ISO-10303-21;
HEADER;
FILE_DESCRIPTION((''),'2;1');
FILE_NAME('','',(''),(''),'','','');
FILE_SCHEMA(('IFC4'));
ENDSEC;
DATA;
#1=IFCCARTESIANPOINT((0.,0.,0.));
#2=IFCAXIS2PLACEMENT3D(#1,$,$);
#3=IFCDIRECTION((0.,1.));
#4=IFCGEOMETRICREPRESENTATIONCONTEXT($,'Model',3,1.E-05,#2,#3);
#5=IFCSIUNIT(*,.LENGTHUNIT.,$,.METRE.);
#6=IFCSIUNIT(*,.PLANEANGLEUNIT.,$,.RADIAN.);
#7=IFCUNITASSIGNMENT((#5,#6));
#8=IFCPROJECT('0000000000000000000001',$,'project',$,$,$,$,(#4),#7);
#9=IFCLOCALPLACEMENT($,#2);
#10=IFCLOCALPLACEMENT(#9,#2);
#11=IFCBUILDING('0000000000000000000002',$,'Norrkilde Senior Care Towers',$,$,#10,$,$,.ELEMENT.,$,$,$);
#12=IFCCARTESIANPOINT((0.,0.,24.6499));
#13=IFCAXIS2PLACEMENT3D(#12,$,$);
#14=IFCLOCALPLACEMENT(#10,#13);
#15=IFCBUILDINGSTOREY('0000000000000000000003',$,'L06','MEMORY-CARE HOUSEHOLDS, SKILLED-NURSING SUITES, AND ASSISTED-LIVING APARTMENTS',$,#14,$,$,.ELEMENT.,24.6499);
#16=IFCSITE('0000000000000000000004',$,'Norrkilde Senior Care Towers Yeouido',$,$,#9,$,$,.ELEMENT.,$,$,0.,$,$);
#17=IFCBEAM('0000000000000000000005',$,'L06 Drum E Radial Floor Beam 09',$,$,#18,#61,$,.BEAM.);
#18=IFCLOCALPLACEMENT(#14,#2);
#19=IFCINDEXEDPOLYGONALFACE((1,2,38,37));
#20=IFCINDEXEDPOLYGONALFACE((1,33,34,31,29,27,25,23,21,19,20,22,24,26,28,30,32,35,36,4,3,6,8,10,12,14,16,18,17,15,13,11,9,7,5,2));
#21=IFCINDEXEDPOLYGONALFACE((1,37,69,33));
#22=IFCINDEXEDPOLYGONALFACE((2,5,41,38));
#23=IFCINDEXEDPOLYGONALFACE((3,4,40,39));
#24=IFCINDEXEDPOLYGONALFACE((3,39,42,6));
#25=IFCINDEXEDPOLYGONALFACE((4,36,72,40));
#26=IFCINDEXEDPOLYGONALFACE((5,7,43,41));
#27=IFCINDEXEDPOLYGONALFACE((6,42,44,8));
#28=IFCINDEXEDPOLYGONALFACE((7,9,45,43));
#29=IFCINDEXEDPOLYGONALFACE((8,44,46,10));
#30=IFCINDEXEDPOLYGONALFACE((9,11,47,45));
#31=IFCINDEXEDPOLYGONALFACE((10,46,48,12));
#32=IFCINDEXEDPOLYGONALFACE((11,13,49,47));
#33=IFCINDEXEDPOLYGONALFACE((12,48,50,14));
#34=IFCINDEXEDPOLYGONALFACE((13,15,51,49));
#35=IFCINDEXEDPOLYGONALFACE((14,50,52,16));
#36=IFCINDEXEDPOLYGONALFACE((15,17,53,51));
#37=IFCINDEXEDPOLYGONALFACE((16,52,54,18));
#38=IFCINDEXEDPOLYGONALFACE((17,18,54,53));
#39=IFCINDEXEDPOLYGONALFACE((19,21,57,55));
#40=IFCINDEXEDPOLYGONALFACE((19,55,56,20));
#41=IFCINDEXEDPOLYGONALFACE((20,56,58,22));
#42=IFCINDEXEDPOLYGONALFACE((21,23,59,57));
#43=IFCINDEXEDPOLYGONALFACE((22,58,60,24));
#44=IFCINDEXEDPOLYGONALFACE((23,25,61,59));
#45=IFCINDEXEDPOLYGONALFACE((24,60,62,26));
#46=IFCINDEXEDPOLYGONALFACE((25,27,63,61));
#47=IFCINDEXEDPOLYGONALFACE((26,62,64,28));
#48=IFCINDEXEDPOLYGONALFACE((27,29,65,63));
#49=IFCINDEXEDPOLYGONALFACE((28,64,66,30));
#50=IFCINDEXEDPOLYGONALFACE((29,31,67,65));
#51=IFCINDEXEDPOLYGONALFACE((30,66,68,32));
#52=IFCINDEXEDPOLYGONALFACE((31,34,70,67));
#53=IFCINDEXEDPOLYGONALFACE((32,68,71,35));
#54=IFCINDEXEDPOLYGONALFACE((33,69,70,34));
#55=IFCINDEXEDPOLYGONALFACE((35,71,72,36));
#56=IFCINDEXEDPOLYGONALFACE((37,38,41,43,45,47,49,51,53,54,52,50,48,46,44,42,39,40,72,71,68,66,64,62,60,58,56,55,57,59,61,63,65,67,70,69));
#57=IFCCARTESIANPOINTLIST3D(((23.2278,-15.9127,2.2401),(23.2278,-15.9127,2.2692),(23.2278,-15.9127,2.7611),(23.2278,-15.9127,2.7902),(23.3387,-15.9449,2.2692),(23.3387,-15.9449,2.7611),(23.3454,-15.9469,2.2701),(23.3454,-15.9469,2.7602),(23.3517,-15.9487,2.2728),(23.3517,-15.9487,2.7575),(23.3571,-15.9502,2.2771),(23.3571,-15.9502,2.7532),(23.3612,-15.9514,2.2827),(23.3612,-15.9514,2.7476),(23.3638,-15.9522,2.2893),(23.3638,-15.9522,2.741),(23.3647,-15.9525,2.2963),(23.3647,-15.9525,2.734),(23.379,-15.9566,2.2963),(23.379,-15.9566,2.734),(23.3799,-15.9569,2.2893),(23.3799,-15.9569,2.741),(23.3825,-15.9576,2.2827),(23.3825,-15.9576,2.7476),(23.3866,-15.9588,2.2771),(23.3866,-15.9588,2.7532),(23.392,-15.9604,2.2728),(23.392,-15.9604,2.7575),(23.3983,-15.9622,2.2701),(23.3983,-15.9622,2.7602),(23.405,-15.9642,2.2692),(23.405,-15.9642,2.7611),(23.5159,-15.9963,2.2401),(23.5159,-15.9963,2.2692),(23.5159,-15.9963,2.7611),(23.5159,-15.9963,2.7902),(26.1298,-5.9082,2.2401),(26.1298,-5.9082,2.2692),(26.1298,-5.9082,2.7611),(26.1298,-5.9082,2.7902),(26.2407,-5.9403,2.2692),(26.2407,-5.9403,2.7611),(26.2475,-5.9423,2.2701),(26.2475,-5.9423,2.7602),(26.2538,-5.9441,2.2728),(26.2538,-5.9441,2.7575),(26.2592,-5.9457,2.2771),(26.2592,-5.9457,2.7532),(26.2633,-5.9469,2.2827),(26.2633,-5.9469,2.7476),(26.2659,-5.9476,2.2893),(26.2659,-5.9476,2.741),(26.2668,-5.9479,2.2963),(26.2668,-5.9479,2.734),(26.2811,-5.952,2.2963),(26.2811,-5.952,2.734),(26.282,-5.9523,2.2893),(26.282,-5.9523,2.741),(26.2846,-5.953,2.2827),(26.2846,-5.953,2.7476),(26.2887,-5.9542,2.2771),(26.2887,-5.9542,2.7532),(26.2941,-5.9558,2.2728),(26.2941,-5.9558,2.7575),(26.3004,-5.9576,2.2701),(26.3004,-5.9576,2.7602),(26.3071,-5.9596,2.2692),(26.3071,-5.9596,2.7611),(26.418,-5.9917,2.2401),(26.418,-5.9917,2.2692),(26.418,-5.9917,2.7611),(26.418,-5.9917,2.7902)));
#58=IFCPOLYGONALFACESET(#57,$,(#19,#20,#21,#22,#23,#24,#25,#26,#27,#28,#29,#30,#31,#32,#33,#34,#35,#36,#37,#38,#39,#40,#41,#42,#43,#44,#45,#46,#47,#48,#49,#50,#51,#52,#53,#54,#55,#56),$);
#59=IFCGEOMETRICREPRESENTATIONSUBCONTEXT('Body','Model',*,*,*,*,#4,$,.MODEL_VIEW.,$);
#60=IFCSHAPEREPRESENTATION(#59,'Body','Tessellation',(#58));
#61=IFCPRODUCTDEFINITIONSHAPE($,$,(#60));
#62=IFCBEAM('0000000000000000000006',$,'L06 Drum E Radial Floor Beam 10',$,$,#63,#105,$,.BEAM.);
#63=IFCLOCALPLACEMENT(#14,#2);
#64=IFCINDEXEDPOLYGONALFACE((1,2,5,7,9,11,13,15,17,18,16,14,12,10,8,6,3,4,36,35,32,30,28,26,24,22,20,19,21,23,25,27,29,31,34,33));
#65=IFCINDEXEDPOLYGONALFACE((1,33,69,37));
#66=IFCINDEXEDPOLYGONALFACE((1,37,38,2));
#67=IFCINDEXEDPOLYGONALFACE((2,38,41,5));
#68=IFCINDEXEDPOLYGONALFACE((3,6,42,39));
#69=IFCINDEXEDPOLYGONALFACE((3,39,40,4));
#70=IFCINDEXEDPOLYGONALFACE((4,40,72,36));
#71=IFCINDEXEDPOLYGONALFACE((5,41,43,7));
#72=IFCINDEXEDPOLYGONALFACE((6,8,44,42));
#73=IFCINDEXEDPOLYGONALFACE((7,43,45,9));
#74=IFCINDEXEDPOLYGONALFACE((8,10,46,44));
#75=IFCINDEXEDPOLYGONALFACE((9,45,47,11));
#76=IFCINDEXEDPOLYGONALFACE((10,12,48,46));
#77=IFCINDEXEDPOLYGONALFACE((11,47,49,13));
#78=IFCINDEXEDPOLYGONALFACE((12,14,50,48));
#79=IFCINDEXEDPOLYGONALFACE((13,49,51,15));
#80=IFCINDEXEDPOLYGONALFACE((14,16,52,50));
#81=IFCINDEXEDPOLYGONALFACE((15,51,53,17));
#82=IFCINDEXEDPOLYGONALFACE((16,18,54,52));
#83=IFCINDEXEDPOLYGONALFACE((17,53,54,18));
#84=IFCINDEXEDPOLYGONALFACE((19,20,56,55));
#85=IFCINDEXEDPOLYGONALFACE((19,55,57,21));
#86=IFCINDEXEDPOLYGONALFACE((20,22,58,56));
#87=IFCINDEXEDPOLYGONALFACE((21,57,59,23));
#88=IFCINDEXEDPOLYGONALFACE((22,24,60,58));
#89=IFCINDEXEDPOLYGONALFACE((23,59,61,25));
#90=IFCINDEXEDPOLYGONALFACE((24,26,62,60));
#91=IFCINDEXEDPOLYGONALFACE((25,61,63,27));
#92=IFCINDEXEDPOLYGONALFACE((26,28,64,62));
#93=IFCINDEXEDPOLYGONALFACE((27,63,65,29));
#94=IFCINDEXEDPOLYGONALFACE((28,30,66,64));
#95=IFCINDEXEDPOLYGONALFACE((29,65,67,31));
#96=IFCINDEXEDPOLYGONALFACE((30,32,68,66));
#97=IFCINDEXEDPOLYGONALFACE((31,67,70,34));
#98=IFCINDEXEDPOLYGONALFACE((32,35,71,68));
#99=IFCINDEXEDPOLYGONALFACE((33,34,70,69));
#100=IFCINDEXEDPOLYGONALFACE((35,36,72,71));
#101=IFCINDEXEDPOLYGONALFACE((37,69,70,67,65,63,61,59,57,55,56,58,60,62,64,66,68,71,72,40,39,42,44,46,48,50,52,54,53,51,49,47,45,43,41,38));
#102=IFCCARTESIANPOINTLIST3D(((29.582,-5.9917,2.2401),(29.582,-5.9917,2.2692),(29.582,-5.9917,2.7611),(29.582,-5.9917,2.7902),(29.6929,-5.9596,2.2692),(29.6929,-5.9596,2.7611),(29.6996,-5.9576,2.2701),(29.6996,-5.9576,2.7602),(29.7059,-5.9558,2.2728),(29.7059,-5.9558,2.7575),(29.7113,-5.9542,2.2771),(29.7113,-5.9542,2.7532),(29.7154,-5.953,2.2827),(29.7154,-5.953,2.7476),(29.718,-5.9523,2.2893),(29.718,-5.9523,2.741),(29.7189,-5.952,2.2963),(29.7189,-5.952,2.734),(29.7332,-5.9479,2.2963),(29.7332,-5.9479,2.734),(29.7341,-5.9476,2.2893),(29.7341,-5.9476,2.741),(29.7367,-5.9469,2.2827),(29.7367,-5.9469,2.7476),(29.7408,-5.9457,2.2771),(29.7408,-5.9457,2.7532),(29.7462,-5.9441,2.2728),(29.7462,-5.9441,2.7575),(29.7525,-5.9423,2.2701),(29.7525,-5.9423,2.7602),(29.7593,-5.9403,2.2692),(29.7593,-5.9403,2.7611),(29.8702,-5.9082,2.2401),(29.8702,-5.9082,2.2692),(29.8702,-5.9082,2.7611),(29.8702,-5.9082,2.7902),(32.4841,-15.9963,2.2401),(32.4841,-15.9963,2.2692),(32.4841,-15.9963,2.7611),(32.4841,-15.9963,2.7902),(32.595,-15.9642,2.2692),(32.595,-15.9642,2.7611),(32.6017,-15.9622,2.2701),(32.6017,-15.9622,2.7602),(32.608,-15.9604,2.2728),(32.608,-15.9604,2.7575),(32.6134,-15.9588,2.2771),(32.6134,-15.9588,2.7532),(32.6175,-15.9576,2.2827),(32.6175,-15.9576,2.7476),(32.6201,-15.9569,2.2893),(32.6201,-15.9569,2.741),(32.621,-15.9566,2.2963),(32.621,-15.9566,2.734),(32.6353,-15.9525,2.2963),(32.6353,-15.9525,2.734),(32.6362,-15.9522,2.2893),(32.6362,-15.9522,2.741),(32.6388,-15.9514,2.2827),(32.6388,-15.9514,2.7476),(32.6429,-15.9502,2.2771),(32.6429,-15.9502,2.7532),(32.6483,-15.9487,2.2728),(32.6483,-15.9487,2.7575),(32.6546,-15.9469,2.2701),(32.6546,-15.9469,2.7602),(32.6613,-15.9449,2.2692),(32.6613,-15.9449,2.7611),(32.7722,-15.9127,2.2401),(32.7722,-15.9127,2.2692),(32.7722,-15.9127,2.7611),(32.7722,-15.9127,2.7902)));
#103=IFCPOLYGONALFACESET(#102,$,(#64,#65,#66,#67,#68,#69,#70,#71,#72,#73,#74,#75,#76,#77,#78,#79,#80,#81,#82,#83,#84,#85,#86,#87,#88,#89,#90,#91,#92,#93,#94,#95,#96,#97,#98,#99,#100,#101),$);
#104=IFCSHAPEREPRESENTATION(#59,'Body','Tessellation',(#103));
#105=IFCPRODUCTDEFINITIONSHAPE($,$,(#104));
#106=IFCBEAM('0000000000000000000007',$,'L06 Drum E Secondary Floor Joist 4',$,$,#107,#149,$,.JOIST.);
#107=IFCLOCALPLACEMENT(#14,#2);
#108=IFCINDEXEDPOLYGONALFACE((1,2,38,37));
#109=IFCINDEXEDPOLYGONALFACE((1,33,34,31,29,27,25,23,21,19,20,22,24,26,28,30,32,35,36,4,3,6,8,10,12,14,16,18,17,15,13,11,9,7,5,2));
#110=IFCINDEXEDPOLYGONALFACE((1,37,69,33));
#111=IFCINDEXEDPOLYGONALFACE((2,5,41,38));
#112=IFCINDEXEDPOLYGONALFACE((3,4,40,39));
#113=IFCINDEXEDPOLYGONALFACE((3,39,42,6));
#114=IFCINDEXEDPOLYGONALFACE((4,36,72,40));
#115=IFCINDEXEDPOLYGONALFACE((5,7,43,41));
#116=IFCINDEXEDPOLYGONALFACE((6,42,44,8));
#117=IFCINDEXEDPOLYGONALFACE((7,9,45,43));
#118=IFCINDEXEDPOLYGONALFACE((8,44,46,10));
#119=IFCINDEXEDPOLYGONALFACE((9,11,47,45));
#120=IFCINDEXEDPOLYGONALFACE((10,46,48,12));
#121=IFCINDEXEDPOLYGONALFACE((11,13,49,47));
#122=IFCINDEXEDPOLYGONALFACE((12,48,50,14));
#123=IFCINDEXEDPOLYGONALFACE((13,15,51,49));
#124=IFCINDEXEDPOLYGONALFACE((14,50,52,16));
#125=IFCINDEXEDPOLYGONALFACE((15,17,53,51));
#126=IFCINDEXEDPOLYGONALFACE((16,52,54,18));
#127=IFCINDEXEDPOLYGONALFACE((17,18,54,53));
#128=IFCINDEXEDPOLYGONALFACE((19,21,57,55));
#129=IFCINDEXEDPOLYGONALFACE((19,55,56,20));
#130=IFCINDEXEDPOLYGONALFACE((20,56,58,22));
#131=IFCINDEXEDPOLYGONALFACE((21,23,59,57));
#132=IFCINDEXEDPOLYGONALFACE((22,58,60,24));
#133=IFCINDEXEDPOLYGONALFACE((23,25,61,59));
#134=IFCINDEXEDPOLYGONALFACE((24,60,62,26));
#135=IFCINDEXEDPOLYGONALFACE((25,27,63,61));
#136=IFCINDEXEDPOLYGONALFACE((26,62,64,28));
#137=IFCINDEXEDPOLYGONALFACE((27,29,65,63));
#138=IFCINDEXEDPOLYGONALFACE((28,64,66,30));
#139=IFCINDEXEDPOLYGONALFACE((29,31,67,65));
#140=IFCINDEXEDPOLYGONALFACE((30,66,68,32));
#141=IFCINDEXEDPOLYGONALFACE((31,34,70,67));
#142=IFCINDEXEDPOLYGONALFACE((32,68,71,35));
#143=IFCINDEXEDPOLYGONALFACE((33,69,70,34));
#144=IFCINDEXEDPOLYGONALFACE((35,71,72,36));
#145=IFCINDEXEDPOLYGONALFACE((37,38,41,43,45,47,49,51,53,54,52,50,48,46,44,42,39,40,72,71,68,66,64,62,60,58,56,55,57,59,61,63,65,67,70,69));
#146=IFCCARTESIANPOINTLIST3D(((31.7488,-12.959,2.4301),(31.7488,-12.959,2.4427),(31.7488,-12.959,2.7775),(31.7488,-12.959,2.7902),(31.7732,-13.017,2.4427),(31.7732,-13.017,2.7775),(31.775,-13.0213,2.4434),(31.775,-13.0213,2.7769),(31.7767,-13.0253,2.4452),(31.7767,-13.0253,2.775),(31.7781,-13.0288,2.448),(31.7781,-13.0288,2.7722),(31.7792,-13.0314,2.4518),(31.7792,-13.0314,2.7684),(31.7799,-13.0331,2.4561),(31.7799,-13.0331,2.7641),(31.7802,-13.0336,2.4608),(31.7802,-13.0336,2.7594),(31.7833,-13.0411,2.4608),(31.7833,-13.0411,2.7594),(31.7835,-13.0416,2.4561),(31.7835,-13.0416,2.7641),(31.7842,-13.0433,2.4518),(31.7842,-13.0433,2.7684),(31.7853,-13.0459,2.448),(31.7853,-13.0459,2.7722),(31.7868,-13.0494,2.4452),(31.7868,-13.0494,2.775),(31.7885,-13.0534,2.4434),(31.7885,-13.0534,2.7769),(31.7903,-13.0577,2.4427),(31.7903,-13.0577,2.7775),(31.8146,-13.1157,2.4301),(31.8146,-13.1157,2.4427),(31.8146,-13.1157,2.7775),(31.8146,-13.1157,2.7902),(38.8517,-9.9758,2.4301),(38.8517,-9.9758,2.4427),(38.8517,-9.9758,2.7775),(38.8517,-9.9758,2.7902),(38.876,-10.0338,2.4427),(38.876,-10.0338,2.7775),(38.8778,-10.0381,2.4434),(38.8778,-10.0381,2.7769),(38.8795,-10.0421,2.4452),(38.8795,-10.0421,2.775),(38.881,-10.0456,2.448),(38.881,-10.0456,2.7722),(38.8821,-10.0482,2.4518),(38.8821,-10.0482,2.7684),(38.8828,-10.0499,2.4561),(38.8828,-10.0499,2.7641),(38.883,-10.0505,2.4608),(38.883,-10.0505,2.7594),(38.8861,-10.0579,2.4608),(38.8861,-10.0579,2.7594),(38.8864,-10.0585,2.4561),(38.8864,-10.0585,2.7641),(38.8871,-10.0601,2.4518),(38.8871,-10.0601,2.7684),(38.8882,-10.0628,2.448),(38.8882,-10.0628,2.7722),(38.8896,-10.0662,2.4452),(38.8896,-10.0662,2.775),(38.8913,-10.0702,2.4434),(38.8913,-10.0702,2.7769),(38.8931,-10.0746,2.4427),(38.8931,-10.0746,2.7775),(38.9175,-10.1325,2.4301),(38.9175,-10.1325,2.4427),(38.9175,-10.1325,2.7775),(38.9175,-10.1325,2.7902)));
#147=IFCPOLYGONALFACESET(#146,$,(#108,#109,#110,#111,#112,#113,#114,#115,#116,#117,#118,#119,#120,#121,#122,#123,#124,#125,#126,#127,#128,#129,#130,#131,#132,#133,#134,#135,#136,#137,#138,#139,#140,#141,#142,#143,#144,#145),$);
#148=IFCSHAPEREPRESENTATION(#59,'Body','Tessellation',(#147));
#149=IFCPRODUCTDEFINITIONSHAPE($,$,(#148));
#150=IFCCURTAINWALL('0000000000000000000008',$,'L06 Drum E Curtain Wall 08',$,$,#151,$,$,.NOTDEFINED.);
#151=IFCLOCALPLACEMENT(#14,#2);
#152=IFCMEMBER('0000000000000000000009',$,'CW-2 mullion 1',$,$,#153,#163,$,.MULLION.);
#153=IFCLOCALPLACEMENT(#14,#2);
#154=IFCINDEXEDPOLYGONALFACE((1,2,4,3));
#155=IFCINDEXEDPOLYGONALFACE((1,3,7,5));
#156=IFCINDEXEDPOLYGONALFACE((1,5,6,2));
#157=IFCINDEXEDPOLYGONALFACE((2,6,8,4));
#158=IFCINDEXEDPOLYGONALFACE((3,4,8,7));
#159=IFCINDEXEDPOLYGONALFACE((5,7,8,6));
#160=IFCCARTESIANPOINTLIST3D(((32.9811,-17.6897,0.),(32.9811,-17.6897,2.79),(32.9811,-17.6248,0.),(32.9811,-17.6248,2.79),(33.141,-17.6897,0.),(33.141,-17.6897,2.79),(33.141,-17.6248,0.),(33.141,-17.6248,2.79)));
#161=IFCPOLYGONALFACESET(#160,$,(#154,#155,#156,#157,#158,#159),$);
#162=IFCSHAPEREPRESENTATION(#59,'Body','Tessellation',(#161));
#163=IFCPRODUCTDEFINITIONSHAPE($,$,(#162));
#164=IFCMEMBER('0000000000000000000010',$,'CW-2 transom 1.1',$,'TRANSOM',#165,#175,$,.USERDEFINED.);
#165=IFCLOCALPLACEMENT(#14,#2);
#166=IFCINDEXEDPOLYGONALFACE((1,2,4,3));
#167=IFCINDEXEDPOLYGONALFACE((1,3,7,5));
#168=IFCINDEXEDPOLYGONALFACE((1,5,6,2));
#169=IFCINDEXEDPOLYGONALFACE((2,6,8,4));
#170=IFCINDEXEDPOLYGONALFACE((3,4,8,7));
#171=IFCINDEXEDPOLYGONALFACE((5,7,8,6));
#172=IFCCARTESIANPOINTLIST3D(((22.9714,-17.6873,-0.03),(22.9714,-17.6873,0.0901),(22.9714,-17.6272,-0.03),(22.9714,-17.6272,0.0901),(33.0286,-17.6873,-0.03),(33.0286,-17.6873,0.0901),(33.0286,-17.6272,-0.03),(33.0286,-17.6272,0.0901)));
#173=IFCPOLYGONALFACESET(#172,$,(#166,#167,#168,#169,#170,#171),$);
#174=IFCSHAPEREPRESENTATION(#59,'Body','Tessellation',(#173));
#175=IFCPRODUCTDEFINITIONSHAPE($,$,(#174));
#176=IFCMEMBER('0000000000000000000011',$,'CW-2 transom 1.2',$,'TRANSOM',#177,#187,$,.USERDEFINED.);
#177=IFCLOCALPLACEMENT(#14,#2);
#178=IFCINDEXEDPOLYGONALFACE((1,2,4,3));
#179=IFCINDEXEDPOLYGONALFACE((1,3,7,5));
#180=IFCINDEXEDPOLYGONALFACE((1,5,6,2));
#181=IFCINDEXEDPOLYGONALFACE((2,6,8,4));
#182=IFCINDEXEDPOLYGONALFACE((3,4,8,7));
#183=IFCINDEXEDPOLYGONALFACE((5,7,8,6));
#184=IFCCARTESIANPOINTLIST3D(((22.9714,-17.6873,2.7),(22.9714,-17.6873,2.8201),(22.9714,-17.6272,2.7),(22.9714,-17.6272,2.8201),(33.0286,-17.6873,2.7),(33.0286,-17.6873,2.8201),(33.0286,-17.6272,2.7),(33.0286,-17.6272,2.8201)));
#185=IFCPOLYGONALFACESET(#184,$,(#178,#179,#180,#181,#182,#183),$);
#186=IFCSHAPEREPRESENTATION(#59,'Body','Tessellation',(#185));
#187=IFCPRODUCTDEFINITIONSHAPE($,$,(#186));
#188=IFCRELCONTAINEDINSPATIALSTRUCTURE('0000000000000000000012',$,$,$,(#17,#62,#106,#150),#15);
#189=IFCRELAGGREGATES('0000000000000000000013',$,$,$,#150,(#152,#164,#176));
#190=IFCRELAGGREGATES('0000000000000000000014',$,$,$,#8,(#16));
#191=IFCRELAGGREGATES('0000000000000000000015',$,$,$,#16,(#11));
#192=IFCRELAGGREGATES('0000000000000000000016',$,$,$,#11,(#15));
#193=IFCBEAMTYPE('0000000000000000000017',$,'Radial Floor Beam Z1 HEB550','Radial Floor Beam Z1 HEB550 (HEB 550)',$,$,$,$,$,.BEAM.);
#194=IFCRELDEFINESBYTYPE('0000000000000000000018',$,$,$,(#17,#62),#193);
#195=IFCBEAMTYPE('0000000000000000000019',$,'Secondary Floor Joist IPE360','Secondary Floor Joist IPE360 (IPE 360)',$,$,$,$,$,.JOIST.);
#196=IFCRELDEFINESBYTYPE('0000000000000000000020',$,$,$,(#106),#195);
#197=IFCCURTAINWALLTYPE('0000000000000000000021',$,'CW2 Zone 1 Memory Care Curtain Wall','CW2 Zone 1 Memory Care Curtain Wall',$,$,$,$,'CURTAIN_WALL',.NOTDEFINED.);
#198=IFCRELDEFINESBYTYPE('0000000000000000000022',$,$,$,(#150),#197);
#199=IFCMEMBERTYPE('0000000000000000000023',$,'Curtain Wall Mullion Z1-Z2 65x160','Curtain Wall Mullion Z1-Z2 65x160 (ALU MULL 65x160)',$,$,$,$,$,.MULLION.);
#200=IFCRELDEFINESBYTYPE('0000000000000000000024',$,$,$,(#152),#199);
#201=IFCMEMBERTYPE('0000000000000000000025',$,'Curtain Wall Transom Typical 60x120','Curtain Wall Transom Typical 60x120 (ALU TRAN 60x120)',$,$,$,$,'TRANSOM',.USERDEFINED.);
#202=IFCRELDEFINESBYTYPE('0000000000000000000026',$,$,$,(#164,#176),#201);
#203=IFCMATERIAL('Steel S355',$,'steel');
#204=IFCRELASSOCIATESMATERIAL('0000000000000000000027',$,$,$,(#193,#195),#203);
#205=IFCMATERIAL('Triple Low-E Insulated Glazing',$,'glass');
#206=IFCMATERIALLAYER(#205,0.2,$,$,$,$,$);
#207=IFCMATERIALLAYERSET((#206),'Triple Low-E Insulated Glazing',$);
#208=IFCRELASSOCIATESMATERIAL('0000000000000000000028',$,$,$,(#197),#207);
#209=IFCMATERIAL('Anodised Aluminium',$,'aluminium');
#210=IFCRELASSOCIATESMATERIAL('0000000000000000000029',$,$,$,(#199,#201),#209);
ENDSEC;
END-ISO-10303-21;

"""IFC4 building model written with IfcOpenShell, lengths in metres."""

from ifc_helpers import new_model, si_unit, direction, frame, origin, origin_2d, place, context, subcontext, project, spatial, rectangle, i_section, extrude, source, transform, mapped, material, layer, layer_set, material_profile, profile_set, type_object, type_shapes, element, aggregate, save


model = new_model("IFC4")

# Units and contexts
model_context = context("Model", 3, precision=1e-05, world=origin(), true_north=direction((0.0, 1.0)))
body_context = subcontext(model_context, "Body", "Model", "MODEL_VIEW")
ifc_project = project(units=[si_unit("LENGTHUNIT", "METRE"), si_unit("PLANEANGLEUNIT", "RADIAN")], contexts=[model_context])

# Site, building, storey
site_placement = place(None, origin())
site = spatial("IfcSite", under=ifc_project, at=site_placement, Name="Norrkilde Senior Care Towers Yeouido", CompositionType="ELEMENT", RefElevation=0.0)
building_placement = place(site_placement, origin())
building = spatial("IfcBuilding", under=site, at=building_placement, Name="Norrkilde Senior Care Towers", CompositionType="ELEMENT")
storey_placement = place(building_placement, frame((0.0, 0.0, 24.6499)))
storey = spatial("IfcBuildingStorey", under=building, at=storey_placement, Name="L06", Description="MEMORY-CARE HOUSEHOLDS, SKILLED-NURSING SUITES, AND ASSISTED-LIVING APARTMENTS", CompositionType="ELEMENT", Elevation=24.6499)

# Beams
ifc_material_1 = material(Name="Steel S355", Category="steel")
ifc_material_profile_1 = material_profile(ifc_material_1, i_section(OverallWidth=0.3, OverallDepth=0.55, WebThickness=0.0149, FlangeThickness=0.0291, FilletRadius=0.0271, at=origin_2d()), Name="HEB 550")
ifc_profile_set_1 = profile_set([ifc_material_profile_1], Name="Steel S355")
beam_type_1 = type_object("IfcBeamType", Name="Radial Floor Beam Z1 HEB550", Description="Radial Floor Beam Z1 HEB550 (HEB 550)", PredefinedType="BEAM", material=ifc_profile_set_1)
shared_shape_1 = source(origin(), body_context, "Body", "SweptSolid", [
    extrude(i_section(OverallWidth=0.3, OverallDepth=0.55, WebThickness=0.0149, FlangeThickness=0.0291, FilletRadius=0.0271, at=origin_2d()), origin(), (0.0, 0.0, 1.0), 10.417),
])
for number, where, z_axis, x_axis, name in (
    (1, (26.2739, -5.95, 2.5151), (-0.278591, -0.96041, 0.0), (0.96041, -0.278591, 0.0), "L06 Drum E Radial Floor Beam 09"),
    (2, (29.7261, -5.95, 2.5151), (0.278591, -0.96041, 0.0), (0.96041, 0.278591, 0.0), "L06 Drum E Radial Floor Beam 10"),
):
    element("IfcBeam", number, at=place(storey_placement, frame(where, z_axis=z_axis, x_axis=x_axis)), inside=storey, type_object=beam_type_1, Name=name, PredefinedType="BEAM", context=body_context, shape_type="MappedRepresentation", body=[
        mapped(shared_shape_1, transform((0.0, 0.0, 0.0), x_axis=(1.0, 0.0, 0.0), y_axis=(0.0, 1.0, 0.0), z_axis=(0.0, 0.0, 1.0), scale=1.0)),
    ])
ifc_material_profile_2 = material_profile(ifc_material_1, i_section(OverallWidth=0.1699, OverallDepth=0.3601, WebThickness=0.0081, FlangeThickness=0.0127, FilletRadius=0.0181, at=origin_2d()), Name="IPE 360")
ifc_profile_set_2 = profile_set([ifc_material_profile_2], Name="Steel S355")
beam_type_2 = type_object("IfcBeamType", Name="Secondary Floor Joist IPE360", Description="Secondary Floor Joist IPE360 (IPE 360)", PredefinedType="JOIST", material=ifc_profile_set_2)
shared_shape_2 = source(origin(), body_context, "Body", "SweptSolid", [
    extrude(i_section(OverallWidth=0.1699, OverallDepth=0.3601, WebThickness=0.0081, FlangeThickness=0.0127, FilletRadius=0.0181, at=origin_2d()), origin(), (0.0, 0.0, 1.0), 7.7039),
])
type_shapes(beam_type_2, [shared_shape_2])
beam_1_placement = place(storey_placement, frame((31.7817, -13.0374, 2.6101), z_axis=(0.921983, 0.387231, 0.0), x_axis=(-0.387231, 0.921983, 0.0)))
element("IfcBeam", 3, at=beam_1_placement, inside=storey, type_object=beam_type_2, Name="L06 Drum E Secondary Floor Joist 4", PredefinedType="JOIST", context=body_context, shape_type="MappedRepresentation", body=[
    mapped(shared_shape_2, transform((0.0, 0.0, 0.0), x_axis=(1.0, 0.0, 0.0), y_axis=(0.0, 1.0, 0.0), z_axis=(0.0, 0.0, 1.0), scale=1.0)),
])

# Curtain wall, members
ifc_material_2 = material(Name="Triple Low-E Insulated Glazing", Category="glass")
ifc_layer_1 = layer(ifc_material_2, 0.2)
ifc_layer_set_1 = layer_set([ifc_layer_1], Name="Triple Low-E Insulated Glazing")
curtain_wall_type = type_object("IfcCurtainWallType", Name="CW2 Zone 1 Memory Care Curtain Wall", Description="CW2 Zone 1 Memory Care Curtain Wall", ElementType="CURTAIN_WALL", PredefinedType="NOTDEFINED", material=ifc_layer_set_1)
curtain_wall_placement = place(storey_placement, origin())
curtain_wall = element("IfcCurtainWall", 4, at=curtain_wall_placement, inside=storey, type_object=curtain_wall_type, Name="L06 Drum E Curtain Wall 08", PredefinedType="NOTDEFINED")
ifc_material_3 = material(Name="Anodised Aluminium", Category="aluminium")
ifc_material_profile_3 = material_profile(ifc_material_3, rectangle(XDim=0.0649, YDim=0.1599, at=origin_2d()), Name="ALU MULL 65x160")
ifc_profile_set_3 = profile_set([ifc_material_profile_3], Name="Anodised Aluminium")
member_type_1 = type_object("IfcMemberType", Name="Curtain Wall Mullion Z1-Z2 65x160", Description="Curtain Wall Mullion Z1-Z2 65x160 (ALU MULL 65x160)", PredefinedType="MULLION", material=ifc_profile_set_3)
shared_shape_3 = source(origin(), body_context, "Body", "SweptSolid", [
    extrude(rectangle(XDim=0.0649, YDim=0.1599, at=origin_2d()), origin(), (0.0, 0.0, 1.0), 2.79),
])
type_shapes(member_type_1, [shared_shape_3])
member_1_placement = place(storey_placement, frame((33.061, -17.6572, 0.0), z_axis=(0.0, 0.0, 1.0), x_axis=(0.0, -1.0, 0.0)))
member_1 = element("IfcMember", 5, at=member_1_placement, type_object=member_type_1, Name="CW-2 mullion 1", PredefinedType="MULLION", context=body_context, shape_type="MappedRepresentation", body=[
    mapped(shared_shape_3, transform((0.0, 0.0, 0.0), x_axis=(1.0, 0.0, 0.0), y_axis=(0.0, 1.0, 0.0), z_axis=(0.0, 0.0, 1.0), scale=1.0)),
])
ifc_material_profile_4 = material_profile(ifc_material_3, rectangle(XDim=0.0601, YDim=0.1201, at=origin_2d()), Name="ALU TRAN 60x120")
ifc_profile_set_4 = profile_set([ifc_material_profile_4], Name="Anodised Aluminium")
member_type_2 = type_object("IfcMemberType", Name="Curtain Wall Transom Typical 60x120", Description="Curtain Wall Transom Typical 60x120 (ALU TRAN 60x120)", ElementType="TRANSOM", PredefinedType="USERDEFINED", material=ifc_profile_set_4)
shared_shape_4 = source(origin(), body_context, "Body", "SweptSolid", [
    extrude(rectangle(XDim=0.0601, YDim=0.1201, at=origin_2d()), origin(), (0.0, 0.0, 1.0), 10.0571),
])
type_shapes(member_type_2, [shared_shape_4])
member_2_placement = place(storey_placement, frame((33.0286, -17.6572, 0.03), z_axis=(-1.0, 0.0, 0.0), x_axis=(0.0, -1.0, 0.0)))
member_2 = element("IfcMember", 6, at=member_2_placement, type_object=member_type_2, Name="CW-2 transom 1.1", ObjectType="TRANSOM", PredefinedType="USERDEFINED", context=body_context, shape_type="MappedRepresentation", body=[
    mapped(shared_shape_4, transform((0.0, 0.0, 0.0), x_axis=(1.0, 0.0, 0.0), y_axis=(0.0, 1.0, 0.0), z_axis=(0.0, 0.0, 1.0), scale=1.0)),
])
member_3_placement = place(storey_placement, frame((33.0286, -17.6572, 2.76), z_axis=(-1.0, 0.0, 0.0), x_axis=(0.0, -1.0, 0.0)))
member_3 = element("IfcMember", 7, at=member_3_placement, type_object=member_type_2, Name="CW-2 transom 1.2", ObjectType="TRANSOM", PredefinedType="USERDEFINED", context=body_context, shape_type="MappedRepresentation", body=[
    mapped(shared_shape_4, transform((0.0, 0.0, 0.0), x_axis=(1.0, 0.0, 0.0), y_axis=(0.0, 1.0, 0.0), z_axis=(0.0, 0.0, 1.0), scale=1.0)),
])
aggregate(curtain_wall, [member_1, member_2, member_3])

save(model, "model.ifc")
